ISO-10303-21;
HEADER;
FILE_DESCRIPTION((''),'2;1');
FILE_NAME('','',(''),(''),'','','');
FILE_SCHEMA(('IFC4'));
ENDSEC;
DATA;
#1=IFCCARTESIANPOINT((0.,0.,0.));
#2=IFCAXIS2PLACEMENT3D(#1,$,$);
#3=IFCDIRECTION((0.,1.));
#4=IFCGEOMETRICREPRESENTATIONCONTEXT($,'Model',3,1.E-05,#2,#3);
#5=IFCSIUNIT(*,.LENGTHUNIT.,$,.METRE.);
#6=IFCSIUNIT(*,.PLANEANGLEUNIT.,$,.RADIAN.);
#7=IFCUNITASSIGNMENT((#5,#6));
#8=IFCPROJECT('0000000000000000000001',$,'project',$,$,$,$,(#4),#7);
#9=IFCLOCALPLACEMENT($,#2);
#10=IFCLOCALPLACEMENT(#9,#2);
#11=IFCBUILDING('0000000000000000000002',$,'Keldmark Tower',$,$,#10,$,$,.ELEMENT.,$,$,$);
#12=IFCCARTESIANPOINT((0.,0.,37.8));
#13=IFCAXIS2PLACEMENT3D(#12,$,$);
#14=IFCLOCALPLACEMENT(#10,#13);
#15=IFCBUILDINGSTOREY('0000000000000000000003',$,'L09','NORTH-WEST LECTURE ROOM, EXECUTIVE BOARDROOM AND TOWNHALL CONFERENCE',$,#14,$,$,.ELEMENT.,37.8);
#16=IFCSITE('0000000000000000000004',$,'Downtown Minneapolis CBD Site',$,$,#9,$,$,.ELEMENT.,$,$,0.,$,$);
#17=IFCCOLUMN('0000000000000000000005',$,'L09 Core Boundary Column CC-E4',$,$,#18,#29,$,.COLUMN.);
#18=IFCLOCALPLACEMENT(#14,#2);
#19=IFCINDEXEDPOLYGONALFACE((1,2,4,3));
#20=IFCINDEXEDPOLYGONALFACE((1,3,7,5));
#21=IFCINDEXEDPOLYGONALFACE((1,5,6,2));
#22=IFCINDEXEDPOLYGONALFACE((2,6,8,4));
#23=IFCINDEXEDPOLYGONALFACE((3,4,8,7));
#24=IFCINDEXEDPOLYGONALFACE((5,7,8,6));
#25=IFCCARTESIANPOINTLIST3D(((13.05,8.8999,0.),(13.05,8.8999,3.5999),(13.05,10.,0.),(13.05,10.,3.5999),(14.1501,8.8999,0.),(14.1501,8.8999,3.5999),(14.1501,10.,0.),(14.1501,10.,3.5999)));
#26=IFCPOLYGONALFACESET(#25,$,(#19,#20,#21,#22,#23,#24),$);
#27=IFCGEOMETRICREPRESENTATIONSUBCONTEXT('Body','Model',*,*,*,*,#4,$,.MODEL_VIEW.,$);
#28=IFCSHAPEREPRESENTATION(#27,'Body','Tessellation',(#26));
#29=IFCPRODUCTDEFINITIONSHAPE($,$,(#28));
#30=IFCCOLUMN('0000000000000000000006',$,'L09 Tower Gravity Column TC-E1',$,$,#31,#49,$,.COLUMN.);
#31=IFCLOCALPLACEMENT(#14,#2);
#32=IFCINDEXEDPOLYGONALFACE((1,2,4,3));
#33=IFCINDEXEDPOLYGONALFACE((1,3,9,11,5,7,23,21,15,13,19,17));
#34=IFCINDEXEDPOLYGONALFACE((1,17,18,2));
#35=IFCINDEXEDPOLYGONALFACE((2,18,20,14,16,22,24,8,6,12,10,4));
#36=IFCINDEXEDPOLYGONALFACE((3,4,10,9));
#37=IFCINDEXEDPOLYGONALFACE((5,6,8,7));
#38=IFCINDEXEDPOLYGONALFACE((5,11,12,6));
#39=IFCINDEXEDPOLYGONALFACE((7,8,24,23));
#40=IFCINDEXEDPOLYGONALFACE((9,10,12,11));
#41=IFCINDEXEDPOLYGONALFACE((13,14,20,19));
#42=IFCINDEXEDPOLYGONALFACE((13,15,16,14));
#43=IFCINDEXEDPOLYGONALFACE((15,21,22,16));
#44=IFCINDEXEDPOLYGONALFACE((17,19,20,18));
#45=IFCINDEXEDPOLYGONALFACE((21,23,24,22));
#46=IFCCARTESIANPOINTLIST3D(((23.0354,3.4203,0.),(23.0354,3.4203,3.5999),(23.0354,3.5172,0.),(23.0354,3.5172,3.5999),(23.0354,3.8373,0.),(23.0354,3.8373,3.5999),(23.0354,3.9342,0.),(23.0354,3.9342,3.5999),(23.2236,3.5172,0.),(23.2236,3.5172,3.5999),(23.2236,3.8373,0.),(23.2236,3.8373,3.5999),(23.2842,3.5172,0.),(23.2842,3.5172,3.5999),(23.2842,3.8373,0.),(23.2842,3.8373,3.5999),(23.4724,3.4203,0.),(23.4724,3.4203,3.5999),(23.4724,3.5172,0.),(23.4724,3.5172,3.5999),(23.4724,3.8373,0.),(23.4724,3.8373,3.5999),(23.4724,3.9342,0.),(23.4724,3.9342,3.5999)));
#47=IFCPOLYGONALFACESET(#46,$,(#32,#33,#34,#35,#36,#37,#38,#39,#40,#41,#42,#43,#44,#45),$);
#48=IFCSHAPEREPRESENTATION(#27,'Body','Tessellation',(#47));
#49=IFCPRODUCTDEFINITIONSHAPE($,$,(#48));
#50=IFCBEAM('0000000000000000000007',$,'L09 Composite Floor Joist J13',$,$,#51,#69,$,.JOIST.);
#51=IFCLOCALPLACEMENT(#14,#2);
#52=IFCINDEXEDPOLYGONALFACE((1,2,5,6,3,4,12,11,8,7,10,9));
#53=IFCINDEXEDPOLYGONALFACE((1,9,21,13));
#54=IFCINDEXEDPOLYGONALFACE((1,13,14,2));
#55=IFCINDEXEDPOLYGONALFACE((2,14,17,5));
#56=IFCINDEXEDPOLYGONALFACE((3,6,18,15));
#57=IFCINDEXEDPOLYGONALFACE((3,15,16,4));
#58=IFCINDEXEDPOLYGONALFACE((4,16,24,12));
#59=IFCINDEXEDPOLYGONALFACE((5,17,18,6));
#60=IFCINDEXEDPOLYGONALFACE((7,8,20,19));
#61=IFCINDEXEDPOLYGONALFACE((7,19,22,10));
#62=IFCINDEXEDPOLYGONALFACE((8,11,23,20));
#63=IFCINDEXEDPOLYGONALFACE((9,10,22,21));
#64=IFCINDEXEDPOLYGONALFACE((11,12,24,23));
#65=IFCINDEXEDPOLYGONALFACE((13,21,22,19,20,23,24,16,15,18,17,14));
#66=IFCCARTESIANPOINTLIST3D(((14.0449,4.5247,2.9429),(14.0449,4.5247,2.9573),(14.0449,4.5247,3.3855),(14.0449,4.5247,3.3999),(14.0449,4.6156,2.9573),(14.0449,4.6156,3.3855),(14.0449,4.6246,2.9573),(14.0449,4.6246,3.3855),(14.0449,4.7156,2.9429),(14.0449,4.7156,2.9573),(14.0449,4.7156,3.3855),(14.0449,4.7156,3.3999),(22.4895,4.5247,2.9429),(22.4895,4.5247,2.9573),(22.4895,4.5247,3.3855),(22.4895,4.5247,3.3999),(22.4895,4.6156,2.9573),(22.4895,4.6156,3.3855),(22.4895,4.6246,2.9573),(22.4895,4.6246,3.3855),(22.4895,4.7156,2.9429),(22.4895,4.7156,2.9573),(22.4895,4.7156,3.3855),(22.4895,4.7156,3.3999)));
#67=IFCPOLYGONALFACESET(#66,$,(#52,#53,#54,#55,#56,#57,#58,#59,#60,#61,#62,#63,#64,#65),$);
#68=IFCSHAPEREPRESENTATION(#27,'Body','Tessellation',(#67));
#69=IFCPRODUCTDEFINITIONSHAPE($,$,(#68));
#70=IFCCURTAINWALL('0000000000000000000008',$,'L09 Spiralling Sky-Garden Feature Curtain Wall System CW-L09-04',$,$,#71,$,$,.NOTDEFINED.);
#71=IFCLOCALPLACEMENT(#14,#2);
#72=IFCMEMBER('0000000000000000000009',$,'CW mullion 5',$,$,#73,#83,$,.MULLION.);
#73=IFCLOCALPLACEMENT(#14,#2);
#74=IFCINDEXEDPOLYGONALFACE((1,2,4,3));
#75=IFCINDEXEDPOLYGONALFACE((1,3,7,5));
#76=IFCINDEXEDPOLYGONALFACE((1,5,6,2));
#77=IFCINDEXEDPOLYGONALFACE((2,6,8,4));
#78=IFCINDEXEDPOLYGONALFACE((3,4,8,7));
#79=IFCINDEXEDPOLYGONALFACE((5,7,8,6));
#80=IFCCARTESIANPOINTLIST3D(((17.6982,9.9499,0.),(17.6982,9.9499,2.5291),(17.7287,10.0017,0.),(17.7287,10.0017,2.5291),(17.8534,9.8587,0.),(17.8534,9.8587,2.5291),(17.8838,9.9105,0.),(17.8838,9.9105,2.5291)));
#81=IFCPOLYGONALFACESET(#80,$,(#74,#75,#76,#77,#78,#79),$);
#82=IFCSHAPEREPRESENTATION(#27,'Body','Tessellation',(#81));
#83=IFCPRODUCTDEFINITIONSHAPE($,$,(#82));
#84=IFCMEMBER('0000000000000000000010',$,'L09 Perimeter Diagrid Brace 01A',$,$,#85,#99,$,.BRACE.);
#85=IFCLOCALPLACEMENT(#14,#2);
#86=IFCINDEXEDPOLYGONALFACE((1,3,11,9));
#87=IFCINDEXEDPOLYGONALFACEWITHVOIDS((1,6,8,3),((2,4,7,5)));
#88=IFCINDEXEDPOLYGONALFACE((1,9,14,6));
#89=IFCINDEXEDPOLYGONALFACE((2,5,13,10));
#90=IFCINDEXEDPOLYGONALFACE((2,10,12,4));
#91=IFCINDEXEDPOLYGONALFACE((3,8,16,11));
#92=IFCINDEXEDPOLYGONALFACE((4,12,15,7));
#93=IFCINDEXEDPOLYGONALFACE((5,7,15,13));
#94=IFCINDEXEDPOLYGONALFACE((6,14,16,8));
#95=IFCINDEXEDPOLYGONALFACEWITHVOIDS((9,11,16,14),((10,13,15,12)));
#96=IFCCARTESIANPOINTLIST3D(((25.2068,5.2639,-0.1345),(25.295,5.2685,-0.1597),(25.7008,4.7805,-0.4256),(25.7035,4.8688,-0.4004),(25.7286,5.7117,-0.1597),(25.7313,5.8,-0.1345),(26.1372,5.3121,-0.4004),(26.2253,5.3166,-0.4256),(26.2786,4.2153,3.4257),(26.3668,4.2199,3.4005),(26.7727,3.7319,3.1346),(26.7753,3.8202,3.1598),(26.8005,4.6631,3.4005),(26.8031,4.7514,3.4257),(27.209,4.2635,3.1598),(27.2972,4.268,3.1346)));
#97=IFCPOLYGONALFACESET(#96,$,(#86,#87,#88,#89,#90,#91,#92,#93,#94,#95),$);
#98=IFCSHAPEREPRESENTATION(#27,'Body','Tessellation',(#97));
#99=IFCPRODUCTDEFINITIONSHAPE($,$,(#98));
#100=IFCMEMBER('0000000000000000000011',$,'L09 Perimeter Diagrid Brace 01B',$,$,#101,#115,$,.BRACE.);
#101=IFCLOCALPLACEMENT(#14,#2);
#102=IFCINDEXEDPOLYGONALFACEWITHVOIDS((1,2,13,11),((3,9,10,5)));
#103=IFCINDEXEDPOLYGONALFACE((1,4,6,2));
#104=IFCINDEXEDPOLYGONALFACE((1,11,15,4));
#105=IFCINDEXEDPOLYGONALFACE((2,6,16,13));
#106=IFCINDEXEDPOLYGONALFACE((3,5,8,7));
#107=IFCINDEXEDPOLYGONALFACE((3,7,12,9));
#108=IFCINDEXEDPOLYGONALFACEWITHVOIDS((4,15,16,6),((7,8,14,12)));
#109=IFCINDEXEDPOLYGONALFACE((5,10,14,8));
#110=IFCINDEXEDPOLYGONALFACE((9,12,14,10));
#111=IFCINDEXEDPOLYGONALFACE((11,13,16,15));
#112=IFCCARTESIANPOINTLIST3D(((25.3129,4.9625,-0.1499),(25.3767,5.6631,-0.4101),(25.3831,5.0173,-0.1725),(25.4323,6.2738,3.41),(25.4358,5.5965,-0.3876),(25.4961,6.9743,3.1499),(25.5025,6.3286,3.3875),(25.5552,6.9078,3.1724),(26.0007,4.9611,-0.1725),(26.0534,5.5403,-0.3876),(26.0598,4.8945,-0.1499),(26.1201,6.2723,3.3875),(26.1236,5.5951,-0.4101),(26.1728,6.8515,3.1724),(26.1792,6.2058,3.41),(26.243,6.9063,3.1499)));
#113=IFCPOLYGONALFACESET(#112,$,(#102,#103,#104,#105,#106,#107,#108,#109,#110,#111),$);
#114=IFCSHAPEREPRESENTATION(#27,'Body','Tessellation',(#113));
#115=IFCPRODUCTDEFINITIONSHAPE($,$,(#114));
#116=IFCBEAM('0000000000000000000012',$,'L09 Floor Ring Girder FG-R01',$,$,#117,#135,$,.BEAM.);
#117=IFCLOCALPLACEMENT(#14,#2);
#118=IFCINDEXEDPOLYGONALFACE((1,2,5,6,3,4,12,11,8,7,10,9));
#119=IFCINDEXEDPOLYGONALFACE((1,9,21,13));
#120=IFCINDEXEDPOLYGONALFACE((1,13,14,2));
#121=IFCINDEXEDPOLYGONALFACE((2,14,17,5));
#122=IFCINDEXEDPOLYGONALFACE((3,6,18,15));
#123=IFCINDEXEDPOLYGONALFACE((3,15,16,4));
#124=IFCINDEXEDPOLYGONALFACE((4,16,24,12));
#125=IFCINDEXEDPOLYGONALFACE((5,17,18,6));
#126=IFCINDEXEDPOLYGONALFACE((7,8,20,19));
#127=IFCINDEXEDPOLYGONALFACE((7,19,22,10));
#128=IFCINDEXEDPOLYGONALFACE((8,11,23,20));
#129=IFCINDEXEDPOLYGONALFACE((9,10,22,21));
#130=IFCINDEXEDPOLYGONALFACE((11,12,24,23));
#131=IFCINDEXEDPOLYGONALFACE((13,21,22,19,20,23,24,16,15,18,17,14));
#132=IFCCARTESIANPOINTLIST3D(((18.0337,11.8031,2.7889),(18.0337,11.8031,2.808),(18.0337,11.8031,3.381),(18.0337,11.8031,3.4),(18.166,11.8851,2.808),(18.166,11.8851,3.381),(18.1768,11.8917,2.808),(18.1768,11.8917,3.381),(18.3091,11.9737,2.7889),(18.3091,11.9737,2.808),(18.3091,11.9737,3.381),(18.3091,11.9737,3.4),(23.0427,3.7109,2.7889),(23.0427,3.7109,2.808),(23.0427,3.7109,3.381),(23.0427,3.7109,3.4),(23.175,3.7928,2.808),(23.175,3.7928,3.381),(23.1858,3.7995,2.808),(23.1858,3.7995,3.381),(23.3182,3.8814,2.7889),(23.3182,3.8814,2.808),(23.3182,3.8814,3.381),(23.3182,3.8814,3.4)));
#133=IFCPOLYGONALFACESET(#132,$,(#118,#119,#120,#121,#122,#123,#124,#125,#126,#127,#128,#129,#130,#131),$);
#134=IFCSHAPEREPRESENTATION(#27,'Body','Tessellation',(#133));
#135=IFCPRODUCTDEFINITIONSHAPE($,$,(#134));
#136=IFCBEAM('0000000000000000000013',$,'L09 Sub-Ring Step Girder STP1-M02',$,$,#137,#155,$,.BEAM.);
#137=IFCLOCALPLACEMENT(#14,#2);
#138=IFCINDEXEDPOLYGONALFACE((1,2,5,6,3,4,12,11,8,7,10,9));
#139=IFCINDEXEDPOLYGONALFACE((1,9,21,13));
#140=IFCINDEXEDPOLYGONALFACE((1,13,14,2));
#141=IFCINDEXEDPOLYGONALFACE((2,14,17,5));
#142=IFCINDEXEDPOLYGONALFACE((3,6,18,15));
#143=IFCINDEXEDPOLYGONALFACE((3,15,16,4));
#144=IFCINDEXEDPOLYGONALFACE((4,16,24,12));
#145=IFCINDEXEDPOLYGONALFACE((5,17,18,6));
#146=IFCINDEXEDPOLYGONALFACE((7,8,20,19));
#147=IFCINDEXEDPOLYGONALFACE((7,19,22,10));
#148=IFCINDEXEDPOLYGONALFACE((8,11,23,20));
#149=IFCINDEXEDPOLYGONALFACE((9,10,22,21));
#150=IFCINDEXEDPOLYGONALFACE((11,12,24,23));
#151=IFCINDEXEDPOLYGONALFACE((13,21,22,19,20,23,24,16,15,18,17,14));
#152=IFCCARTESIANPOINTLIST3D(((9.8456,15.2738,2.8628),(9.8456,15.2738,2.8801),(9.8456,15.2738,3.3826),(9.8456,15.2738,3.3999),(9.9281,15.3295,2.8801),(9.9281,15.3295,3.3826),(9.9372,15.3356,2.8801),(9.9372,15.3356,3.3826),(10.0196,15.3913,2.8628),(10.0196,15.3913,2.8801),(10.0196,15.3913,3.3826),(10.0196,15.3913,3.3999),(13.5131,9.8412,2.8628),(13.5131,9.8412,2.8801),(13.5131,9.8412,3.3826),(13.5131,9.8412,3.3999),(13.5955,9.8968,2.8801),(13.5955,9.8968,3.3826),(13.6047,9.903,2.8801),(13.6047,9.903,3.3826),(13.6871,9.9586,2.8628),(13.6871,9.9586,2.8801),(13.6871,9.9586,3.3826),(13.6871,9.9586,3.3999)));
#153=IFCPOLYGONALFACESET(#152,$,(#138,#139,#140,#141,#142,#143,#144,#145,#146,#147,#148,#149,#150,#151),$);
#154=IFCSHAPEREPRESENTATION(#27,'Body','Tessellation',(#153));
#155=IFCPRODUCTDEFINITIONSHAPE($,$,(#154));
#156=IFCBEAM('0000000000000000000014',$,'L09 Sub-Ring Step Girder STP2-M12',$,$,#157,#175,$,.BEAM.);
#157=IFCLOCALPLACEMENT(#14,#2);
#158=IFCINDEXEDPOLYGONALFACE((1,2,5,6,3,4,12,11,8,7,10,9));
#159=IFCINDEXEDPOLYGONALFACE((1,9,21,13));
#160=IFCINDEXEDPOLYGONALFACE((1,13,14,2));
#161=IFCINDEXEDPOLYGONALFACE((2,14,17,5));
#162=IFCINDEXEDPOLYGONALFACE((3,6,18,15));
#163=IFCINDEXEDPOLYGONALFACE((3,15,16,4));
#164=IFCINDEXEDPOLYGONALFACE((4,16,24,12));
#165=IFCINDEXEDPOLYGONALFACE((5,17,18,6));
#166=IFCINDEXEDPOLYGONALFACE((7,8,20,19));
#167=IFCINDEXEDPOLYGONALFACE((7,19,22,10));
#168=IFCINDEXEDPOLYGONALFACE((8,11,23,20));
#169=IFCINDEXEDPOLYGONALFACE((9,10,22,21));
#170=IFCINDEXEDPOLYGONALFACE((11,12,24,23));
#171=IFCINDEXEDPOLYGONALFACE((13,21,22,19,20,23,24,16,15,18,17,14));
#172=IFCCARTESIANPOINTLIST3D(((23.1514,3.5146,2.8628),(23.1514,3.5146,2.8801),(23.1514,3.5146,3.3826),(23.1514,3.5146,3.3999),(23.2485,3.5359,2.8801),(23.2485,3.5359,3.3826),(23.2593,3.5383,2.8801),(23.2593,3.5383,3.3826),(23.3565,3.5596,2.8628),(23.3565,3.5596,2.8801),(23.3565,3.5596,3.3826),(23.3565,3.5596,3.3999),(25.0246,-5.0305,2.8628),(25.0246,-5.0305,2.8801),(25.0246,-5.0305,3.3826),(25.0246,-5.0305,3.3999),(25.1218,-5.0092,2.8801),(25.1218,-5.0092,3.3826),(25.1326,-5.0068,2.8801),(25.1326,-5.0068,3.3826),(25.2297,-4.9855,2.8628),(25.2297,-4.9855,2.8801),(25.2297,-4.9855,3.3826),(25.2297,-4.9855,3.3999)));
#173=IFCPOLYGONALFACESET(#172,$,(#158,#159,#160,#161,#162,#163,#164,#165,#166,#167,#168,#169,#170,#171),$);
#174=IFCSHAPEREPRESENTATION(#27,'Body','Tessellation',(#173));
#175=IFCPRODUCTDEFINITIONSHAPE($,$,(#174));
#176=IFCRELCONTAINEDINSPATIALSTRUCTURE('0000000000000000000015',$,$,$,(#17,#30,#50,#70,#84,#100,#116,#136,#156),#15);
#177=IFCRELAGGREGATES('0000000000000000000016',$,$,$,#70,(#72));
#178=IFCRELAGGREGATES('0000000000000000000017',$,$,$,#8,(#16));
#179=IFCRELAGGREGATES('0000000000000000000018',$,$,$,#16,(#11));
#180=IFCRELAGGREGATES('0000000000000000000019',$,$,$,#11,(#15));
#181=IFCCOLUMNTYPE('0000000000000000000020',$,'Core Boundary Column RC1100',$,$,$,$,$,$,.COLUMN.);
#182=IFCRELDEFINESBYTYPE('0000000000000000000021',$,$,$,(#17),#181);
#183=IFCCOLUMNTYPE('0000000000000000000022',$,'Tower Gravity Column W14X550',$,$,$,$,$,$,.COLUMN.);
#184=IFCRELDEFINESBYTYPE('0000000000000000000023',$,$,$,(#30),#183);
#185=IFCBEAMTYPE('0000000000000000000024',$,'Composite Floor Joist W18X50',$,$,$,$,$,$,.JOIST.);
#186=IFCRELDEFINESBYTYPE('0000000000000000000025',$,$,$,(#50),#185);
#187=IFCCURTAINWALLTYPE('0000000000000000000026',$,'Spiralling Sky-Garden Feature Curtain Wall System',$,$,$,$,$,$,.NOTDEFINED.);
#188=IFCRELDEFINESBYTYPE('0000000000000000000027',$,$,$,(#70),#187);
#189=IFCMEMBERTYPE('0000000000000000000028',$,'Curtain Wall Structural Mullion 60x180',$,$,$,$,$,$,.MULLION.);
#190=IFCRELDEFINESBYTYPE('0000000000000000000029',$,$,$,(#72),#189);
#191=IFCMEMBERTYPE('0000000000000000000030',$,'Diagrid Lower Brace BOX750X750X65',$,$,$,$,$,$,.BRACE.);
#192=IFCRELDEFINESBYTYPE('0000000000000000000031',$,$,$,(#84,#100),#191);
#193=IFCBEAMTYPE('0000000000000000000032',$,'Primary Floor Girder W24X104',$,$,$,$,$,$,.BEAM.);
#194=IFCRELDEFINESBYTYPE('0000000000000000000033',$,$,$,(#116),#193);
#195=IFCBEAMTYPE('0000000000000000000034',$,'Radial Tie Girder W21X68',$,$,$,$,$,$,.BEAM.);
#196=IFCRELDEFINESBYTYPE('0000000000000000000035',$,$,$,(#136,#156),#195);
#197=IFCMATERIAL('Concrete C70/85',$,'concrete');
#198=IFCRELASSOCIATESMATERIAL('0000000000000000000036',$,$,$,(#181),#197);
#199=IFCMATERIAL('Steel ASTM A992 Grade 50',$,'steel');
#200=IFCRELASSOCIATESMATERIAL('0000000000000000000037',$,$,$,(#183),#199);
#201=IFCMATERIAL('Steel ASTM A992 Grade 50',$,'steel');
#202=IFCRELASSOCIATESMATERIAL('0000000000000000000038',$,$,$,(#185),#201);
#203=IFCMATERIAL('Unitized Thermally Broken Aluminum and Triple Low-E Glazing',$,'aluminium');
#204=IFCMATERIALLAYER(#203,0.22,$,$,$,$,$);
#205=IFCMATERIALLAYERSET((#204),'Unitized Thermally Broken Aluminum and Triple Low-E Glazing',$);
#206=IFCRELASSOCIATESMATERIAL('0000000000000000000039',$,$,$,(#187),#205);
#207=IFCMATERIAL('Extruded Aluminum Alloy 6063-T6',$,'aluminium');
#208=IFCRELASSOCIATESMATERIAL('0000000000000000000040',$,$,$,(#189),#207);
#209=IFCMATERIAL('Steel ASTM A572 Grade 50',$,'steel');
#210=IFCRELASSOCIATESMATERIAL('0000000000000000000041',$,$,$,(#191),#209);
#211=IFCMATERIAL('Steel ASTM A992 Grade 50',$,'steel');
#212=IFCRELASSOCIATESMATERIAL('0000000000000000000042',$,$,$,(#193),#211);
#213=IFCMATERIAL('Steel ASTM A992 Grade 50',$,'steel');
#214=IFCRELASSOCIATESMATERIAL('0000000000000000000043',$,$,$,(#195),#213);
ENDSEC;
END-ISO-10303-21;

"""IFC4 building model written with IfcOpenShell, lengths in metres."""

from ifc_helpers import new_model, si_unit, direction, frame, origin, origin_2d, place, context, subcontext, project, spatial, rectangle, hollow_rectangle, i_section, extrude, material, layer, layer_set, material_profile, profile_set, type_object, element, aggregate, save


model = new_model("IFC4")

# Units and contexts
model_context = context("Model", 3, precision=1e-05, world=origin(), true_north=direction((0.0, 1.0)))
body_context = subcontext(model_context, "Body", "Model", "MODEL_VIEW")
ifc_project = project(units=[si_unit("LENGTHUNIT", "METRE"), si_unit("PLANEANGLEUNIT", "RADIAN")], contexts=[model_context])

# Site, building, storey
site_placement = place(None, origin())
site = spatial("IfcSite", under=ifc_project, at=site_placement, Name="Downtown Minneapolis CBD Site", CompositionType="ELEMENT", RefElevation=0.0)
building_placement = place(site_placement, origin())
building = spatial("IfcBuilding", under=site, at=building_placement, Name="Keldmark Tower", CompositionType="ELEMENT")
storey_placement = place(building_placement, frame((0.0, 0.0, 37.8)))
storey = spatial("IfcBuildingStorey", under=building, at=storey_placement, Name="L09", Description="NORTH-WEST LECTURE ROOM, EXECUTIVE BOARDROOM AND TOWNHALL CONFERENCE", CompositionType="ELEMENT", Elevation=37.8)

# Columns
ifc_material_1 = material(Name="Concrete C70/85", Category="concrete")
ifc_material_profile_1 = material_profile(ifc_material_1, rectangle(XDim=1.1001, YDim=1.1001, at=origin_2d()), Name="RC1100X1100")
ifc_profile_set_1 = profile_set([ifc_material_profile_1], Name="Concrete C70/85")
column_type_1 = type_object("IfcColumnType", Name="Core Boundary Column RC1100", PredefinedType="COLUMN", material=ifc_profile_set_1)
column_1_placement = place(storey_placement, frame((13.6001, 9.45, 0.0), z_axis=(0.0, 0.0, 1.0), x_axis=(1.0, 0.0, 0.0)))
element("IfcColumn", 1, at=column_1_placement, inside=storey, type_object=column_type_1, Name="L09 Core Boundary Column CC-E4", PredefinedType="COLUMN", context=body_context, shape_type="SweptSolid", body=[
    extrude(rectangle(XDim=1.1001, YDim=1.1001, at=origin_2d()), origin(), (0.0, 0.0, 1.0), 3.5999),
])
ifc_material_2 = material(Name="Steel ASTM A992 Grade 50", Category="steel")
ifc_material_profile_2 = material_profile(ifc_material_2, i_section(OverallWidth=0.437, OverallDepth=0.5139, WebThickness=0.0605, FlangeThickness=0.0969, at=origin_2d()), Name="W14X550")
ifc_profile_set_2 = profile_set([ifc_material_profile_2], Name="Steel ASTM A992 Grade 50")
column_type_2 = type_object("IfcColumnType", Name="Tower Gravity Column W14X550", PredefinedType="COLUMN", material=ifc_profile_set_2)
column_2_placement = place(storey_placement, frame((23.2539, 3.6772, 0.0), z_axis=(0.0, 0.0, 1.0), x_axis=(1.0, 0.0, 0.0)))
element("IfcColumn", 2, at=column_2_placement, inside=storey, type_object=column_type_2, Name="L09 Tower Gravity Column TC-E1", PredefinedType="COLUMN", context=body_context, shape_type="SweptSolid", body=[
    extrude(i_section(OverallWidth=0.437, OverallDepth=0.5139, WebThickness=0.0605, FlangeThickness=0.0969, at=origin_2d()), origin(), (0.0, 0.0, 1.0), 3.5999),
])

# Beam
ifc_material_3 = material(Name="Steel ASTM A992 Grade 50", Category="steel")
ifc_material_profile_3 = material_profile(ifc_material_3, i_section(OverallWidth=0.1909, OverallDepth=0.457, WebThickness=0.009, FlangeThickness=0.0144, at=origin_2d()), Name="W18X50")
ifc_profile_set_3 = profile_set([ifc_material_profile_3], Name="Steel ASTM A992 Grade 50")
beam_type_1 = type_object("IfcBeamType", Name="Composite Floor Joist W18X50", PredefinedType="JOIST", material=ifc_profile_set_3)
beam_1_placement = place(storey_placement, frame((14.0449, 4.6201, 3.1714), z_axis=(1.0, 0.0, 0.0), x_axis=(0.0, 1.0, 0.0)))
element("IfcBeam", 3, at=beam_1_placement, inside=storey, type_object=beam_type_1, Name="L09 Composite Floor Joist J13", PredefinedType="JOIST", context=body_context, shape_type="SweptSolid", body=[
    extrude(i_section(OverallWidth=0.1909, OverallDepth=0.457, WebThickness=0.009, FlangeThickness=0.0144, at=origin_2d()), origin(), (0.0, 0.0, 1.0), 8.4446),
])

# Curtain wall, member
ifc_material_4 = material(Name="Unitized Thermally Broken Aluminum and Triple Low-E Glazing", Category="aluminium")
ifc_layer_1 = layer(ifc_material_4, 0.22)
ifc_layer_set_1 = layer_set([ifc_layer_1], Name="Unitized Thermally Broken Aluminum and Triple Low-E Glazing")
curtain_wall_type = type_object("IfcCurtainWallType", Name="Spiralling Sky-Garden Feature Curtain Wall System", PredefinedType="NOTDEFINED", material=ifc_layer_set_1)
curtain_wall_placement = place(storey_placement, origin())
curtain_wall = element("IfcCurtainWall", 4, at=curtain_wall_placement, inside=storey, type_object=curtain_wall_type, Name="L09 Spiralling Sky-Garden Feature Curtain Wall System CW-L09-04", PredefinedType="NOTDEFINED")
ifc_material_5 = material(Name="Extruded Aluminum Alloy 6063-T6", Category="aluminium")
ifc_material_profile_4 = material_profile(ifc_material_5, rectangle(XDim=0.0601, YDim=0.1799, at=origin_2d()), Name="CWM60X180")
ifc_profile_set_4 = profile_set([ifc_material_profile_4], Name="Extruded Aluminum Alloy 6063-T6")
member_type_1 = type_object("IfcMemberType", Name="Curtain Wall Structural Mullion 60x180", PredefinedType="MULLION", material=ifc_profile_set_4)
member_1_placement = place(storey_placement, frame((17.791, 9.9302, 0.0), z_axis=(0.0, 0.0, 1.0), x_axis=(0.506778, 0.862077, 0.0)))
member_1 = element("IfcMember", 5, at=member_1_placement, type_object=member_type_1, Name="CW mullion 5", PredefinedType="MULLION", context=body_context, shape_type="SweptSolid", body=[
    extrude(rectangle(XDim=0.0601, YDim=0.1799, at=origin_2d()), origin(), (0.0, 0.0, 1.0), 2.5291),
])
aggregate(curtain_wall, [member_1])

# Members
ifc_material_6 = material(Name="Steel ASTM A572 Grade 50", Category="steel")
ifc_material_profile_5 = material_profile(ifc_material_6, hollow_rectangle(XDim=0.75, YDim=0.75, WallThickness=0.0649, at=origin_2d()), Name="BOX750X750X65")
ifc_profile_set_5 = profile_set([ifc_material_profile_5], Name="Steel ASTM A572 Grade 50")
member_type_2 = type_object("IfcMemberType", Name="Diagrid Lower Brace BOX750X750X65", PredefinedType="BRACE", material=ifc_profile_set_5)
member_2_placement = place(storey_placement, frame((25.7161, 5.2903, -0.28), z_axis=(0.277452, -0.271448, 0.921595), x_axis=(0.69933, 0.714799, 0.0)))
element("IfcMember", 6, at=member_2_placement, inside=storey, type_object=member_type_2, Name="L09 Perimeter Diagrid Brace 01A", PredefinedType="BRACE", context=body_context, shape_type="SweptSolid", body=[
    extrude(hollow_rectangle(XDim=0.75, YDim=0.75, WallThickness=0.0649, at=origin_2d()), origin(), (0.0, 0.0, 1.0), 3.863),
])
member_3_placement = place(storey_placement, frame((25.7183, 5.2788, -0.28), z_axis=(0.031452, 0.34546, 0.937906), x_axis=(-0.995881, 0.090669, 0.0)))
element("IfcMember", 7, at=member_3_placement, inside=storey, type_object=member_type_2, Name="L09 Perimeter Diagrid Brace 01B", PredefinedType="BRACE", context=body_context, shape_type="SweptSolid", body=[
    extrude(hollow_rectangle(XDim=0.75, YDim=0.75, WallThickness=0.0649, at=origin_2d()), origin(), (0.0, 0.0, 1.0), 3.7957),
])

# Beams
ifc_material_7 = material(Name="Steel ASTM A992 Grade 50", Category="steel")
ifc_material_profile_6 = material_profile(ifc_material_7, i_section(OverallWidth=0.324, OverallDepth=0.6111, WebThickness=0.0127, FlangeThickness=0.019, at=origin_2d()), Name="W24X104")
ifc_profile_set_6 = profile_set([ifc_material_profile_6], Name="Steel ASTM A992 Grade 50")
beam_type_2 = type_object("IfcBeamType", Name="Primary Floor Girder W24X104", PredefinedType="BEAM", material=ifc_profile_set_6)
beam_2_placement = place(storey_placement, frame((23.1804, 3.7961, 3.0945), z_axis=(-0.526318, 0.850288, 0.0), x_axis=(-0.850288, -0.526318, 0.0)))
element("IfcBeam", 8, at=beam_2_placement, inside=storey, type_object=beam_type_2, Name="L09 Floor Ring Girder FG-R01", PredefinedType="BEAM", context=body_context, shape_type="SweptSolid", body=[
    extrude(i_section(OverallWidth=0.324, OverallDepth=0.6111, WebThickness=0.0127, FlangeThickness=0.019, at=origin_2d()), origin(), (0.0, 0.0, 1.0), 9.5171),
])
ifc_material_8 = material(Name="Steel ASTM A992 Grade 50", Category="steel")
ifc_material_profile_7 = material_profile(ifc_material_8, i_section(OverallWidth=0.21, OverallDepth=0.5371, WebThickness=0.011, FlangeThickness=0.0173, at=origin_2d()), Name="W21X68")
ifc_profile_set_7 = profile_set([ifc_material_profile_7], Name="Steel ASTM A992 Grade 50")
beam_type_3 = type_object("IfcBeamType", Name="Radial Tie Girder W21X68", PredefinedType="BEAM", material=ifc_profile_set_7)
beam_3_placement = place(storey_placement, frame((13.6001, 9.8999, 3.1313), z_axis=(-0.559521, 0.828816, 0.0), x_axis=(-0.828816, -0.559521, 0.0)))
element("IfcBeam", 9, at=beam_3_placement, inside=storey, type_object=beam_type_3, Name="L09 Sub-Ring Step Girder STP1-M02", PredefinedType="BEAM", context=body_context, shape_type="SweptSolid", body=[
    extrude(i_section(OverallWidth=0.21, OverallDepth=0.5371, WebThickness=0.011, FlangeThickness=0.0173, at=origin_2d()), origin(), (0.0, 0.0, 1.0), 6.5547),
])
beam_4_placement = place(storey_placement, frame((23.2539, 3.5371, 3.1313), z_axis=(0.214137, -0.976804, 0.0), x_axis=(0.976804, 0.214137, 0.0)))
element("IfcBeam", 10, at=beam_4_placement, inside=storey, type_object=beam_type_3, Name="L09 Sub-Ring Step Girder STP2-M12", PredefinedType="BEAM", context=body_context, shape_type="SweptSolid", body=[
    extrude(i_section(OverallWidth=0.21, OverallDepth=0.5371, WebThickness=0.011, FlangeThickness=0.0173, at=origin_2d()), origin(), (0.0, 0.0, 1.0), 8.748),
])

save(model, "model.ifc")
